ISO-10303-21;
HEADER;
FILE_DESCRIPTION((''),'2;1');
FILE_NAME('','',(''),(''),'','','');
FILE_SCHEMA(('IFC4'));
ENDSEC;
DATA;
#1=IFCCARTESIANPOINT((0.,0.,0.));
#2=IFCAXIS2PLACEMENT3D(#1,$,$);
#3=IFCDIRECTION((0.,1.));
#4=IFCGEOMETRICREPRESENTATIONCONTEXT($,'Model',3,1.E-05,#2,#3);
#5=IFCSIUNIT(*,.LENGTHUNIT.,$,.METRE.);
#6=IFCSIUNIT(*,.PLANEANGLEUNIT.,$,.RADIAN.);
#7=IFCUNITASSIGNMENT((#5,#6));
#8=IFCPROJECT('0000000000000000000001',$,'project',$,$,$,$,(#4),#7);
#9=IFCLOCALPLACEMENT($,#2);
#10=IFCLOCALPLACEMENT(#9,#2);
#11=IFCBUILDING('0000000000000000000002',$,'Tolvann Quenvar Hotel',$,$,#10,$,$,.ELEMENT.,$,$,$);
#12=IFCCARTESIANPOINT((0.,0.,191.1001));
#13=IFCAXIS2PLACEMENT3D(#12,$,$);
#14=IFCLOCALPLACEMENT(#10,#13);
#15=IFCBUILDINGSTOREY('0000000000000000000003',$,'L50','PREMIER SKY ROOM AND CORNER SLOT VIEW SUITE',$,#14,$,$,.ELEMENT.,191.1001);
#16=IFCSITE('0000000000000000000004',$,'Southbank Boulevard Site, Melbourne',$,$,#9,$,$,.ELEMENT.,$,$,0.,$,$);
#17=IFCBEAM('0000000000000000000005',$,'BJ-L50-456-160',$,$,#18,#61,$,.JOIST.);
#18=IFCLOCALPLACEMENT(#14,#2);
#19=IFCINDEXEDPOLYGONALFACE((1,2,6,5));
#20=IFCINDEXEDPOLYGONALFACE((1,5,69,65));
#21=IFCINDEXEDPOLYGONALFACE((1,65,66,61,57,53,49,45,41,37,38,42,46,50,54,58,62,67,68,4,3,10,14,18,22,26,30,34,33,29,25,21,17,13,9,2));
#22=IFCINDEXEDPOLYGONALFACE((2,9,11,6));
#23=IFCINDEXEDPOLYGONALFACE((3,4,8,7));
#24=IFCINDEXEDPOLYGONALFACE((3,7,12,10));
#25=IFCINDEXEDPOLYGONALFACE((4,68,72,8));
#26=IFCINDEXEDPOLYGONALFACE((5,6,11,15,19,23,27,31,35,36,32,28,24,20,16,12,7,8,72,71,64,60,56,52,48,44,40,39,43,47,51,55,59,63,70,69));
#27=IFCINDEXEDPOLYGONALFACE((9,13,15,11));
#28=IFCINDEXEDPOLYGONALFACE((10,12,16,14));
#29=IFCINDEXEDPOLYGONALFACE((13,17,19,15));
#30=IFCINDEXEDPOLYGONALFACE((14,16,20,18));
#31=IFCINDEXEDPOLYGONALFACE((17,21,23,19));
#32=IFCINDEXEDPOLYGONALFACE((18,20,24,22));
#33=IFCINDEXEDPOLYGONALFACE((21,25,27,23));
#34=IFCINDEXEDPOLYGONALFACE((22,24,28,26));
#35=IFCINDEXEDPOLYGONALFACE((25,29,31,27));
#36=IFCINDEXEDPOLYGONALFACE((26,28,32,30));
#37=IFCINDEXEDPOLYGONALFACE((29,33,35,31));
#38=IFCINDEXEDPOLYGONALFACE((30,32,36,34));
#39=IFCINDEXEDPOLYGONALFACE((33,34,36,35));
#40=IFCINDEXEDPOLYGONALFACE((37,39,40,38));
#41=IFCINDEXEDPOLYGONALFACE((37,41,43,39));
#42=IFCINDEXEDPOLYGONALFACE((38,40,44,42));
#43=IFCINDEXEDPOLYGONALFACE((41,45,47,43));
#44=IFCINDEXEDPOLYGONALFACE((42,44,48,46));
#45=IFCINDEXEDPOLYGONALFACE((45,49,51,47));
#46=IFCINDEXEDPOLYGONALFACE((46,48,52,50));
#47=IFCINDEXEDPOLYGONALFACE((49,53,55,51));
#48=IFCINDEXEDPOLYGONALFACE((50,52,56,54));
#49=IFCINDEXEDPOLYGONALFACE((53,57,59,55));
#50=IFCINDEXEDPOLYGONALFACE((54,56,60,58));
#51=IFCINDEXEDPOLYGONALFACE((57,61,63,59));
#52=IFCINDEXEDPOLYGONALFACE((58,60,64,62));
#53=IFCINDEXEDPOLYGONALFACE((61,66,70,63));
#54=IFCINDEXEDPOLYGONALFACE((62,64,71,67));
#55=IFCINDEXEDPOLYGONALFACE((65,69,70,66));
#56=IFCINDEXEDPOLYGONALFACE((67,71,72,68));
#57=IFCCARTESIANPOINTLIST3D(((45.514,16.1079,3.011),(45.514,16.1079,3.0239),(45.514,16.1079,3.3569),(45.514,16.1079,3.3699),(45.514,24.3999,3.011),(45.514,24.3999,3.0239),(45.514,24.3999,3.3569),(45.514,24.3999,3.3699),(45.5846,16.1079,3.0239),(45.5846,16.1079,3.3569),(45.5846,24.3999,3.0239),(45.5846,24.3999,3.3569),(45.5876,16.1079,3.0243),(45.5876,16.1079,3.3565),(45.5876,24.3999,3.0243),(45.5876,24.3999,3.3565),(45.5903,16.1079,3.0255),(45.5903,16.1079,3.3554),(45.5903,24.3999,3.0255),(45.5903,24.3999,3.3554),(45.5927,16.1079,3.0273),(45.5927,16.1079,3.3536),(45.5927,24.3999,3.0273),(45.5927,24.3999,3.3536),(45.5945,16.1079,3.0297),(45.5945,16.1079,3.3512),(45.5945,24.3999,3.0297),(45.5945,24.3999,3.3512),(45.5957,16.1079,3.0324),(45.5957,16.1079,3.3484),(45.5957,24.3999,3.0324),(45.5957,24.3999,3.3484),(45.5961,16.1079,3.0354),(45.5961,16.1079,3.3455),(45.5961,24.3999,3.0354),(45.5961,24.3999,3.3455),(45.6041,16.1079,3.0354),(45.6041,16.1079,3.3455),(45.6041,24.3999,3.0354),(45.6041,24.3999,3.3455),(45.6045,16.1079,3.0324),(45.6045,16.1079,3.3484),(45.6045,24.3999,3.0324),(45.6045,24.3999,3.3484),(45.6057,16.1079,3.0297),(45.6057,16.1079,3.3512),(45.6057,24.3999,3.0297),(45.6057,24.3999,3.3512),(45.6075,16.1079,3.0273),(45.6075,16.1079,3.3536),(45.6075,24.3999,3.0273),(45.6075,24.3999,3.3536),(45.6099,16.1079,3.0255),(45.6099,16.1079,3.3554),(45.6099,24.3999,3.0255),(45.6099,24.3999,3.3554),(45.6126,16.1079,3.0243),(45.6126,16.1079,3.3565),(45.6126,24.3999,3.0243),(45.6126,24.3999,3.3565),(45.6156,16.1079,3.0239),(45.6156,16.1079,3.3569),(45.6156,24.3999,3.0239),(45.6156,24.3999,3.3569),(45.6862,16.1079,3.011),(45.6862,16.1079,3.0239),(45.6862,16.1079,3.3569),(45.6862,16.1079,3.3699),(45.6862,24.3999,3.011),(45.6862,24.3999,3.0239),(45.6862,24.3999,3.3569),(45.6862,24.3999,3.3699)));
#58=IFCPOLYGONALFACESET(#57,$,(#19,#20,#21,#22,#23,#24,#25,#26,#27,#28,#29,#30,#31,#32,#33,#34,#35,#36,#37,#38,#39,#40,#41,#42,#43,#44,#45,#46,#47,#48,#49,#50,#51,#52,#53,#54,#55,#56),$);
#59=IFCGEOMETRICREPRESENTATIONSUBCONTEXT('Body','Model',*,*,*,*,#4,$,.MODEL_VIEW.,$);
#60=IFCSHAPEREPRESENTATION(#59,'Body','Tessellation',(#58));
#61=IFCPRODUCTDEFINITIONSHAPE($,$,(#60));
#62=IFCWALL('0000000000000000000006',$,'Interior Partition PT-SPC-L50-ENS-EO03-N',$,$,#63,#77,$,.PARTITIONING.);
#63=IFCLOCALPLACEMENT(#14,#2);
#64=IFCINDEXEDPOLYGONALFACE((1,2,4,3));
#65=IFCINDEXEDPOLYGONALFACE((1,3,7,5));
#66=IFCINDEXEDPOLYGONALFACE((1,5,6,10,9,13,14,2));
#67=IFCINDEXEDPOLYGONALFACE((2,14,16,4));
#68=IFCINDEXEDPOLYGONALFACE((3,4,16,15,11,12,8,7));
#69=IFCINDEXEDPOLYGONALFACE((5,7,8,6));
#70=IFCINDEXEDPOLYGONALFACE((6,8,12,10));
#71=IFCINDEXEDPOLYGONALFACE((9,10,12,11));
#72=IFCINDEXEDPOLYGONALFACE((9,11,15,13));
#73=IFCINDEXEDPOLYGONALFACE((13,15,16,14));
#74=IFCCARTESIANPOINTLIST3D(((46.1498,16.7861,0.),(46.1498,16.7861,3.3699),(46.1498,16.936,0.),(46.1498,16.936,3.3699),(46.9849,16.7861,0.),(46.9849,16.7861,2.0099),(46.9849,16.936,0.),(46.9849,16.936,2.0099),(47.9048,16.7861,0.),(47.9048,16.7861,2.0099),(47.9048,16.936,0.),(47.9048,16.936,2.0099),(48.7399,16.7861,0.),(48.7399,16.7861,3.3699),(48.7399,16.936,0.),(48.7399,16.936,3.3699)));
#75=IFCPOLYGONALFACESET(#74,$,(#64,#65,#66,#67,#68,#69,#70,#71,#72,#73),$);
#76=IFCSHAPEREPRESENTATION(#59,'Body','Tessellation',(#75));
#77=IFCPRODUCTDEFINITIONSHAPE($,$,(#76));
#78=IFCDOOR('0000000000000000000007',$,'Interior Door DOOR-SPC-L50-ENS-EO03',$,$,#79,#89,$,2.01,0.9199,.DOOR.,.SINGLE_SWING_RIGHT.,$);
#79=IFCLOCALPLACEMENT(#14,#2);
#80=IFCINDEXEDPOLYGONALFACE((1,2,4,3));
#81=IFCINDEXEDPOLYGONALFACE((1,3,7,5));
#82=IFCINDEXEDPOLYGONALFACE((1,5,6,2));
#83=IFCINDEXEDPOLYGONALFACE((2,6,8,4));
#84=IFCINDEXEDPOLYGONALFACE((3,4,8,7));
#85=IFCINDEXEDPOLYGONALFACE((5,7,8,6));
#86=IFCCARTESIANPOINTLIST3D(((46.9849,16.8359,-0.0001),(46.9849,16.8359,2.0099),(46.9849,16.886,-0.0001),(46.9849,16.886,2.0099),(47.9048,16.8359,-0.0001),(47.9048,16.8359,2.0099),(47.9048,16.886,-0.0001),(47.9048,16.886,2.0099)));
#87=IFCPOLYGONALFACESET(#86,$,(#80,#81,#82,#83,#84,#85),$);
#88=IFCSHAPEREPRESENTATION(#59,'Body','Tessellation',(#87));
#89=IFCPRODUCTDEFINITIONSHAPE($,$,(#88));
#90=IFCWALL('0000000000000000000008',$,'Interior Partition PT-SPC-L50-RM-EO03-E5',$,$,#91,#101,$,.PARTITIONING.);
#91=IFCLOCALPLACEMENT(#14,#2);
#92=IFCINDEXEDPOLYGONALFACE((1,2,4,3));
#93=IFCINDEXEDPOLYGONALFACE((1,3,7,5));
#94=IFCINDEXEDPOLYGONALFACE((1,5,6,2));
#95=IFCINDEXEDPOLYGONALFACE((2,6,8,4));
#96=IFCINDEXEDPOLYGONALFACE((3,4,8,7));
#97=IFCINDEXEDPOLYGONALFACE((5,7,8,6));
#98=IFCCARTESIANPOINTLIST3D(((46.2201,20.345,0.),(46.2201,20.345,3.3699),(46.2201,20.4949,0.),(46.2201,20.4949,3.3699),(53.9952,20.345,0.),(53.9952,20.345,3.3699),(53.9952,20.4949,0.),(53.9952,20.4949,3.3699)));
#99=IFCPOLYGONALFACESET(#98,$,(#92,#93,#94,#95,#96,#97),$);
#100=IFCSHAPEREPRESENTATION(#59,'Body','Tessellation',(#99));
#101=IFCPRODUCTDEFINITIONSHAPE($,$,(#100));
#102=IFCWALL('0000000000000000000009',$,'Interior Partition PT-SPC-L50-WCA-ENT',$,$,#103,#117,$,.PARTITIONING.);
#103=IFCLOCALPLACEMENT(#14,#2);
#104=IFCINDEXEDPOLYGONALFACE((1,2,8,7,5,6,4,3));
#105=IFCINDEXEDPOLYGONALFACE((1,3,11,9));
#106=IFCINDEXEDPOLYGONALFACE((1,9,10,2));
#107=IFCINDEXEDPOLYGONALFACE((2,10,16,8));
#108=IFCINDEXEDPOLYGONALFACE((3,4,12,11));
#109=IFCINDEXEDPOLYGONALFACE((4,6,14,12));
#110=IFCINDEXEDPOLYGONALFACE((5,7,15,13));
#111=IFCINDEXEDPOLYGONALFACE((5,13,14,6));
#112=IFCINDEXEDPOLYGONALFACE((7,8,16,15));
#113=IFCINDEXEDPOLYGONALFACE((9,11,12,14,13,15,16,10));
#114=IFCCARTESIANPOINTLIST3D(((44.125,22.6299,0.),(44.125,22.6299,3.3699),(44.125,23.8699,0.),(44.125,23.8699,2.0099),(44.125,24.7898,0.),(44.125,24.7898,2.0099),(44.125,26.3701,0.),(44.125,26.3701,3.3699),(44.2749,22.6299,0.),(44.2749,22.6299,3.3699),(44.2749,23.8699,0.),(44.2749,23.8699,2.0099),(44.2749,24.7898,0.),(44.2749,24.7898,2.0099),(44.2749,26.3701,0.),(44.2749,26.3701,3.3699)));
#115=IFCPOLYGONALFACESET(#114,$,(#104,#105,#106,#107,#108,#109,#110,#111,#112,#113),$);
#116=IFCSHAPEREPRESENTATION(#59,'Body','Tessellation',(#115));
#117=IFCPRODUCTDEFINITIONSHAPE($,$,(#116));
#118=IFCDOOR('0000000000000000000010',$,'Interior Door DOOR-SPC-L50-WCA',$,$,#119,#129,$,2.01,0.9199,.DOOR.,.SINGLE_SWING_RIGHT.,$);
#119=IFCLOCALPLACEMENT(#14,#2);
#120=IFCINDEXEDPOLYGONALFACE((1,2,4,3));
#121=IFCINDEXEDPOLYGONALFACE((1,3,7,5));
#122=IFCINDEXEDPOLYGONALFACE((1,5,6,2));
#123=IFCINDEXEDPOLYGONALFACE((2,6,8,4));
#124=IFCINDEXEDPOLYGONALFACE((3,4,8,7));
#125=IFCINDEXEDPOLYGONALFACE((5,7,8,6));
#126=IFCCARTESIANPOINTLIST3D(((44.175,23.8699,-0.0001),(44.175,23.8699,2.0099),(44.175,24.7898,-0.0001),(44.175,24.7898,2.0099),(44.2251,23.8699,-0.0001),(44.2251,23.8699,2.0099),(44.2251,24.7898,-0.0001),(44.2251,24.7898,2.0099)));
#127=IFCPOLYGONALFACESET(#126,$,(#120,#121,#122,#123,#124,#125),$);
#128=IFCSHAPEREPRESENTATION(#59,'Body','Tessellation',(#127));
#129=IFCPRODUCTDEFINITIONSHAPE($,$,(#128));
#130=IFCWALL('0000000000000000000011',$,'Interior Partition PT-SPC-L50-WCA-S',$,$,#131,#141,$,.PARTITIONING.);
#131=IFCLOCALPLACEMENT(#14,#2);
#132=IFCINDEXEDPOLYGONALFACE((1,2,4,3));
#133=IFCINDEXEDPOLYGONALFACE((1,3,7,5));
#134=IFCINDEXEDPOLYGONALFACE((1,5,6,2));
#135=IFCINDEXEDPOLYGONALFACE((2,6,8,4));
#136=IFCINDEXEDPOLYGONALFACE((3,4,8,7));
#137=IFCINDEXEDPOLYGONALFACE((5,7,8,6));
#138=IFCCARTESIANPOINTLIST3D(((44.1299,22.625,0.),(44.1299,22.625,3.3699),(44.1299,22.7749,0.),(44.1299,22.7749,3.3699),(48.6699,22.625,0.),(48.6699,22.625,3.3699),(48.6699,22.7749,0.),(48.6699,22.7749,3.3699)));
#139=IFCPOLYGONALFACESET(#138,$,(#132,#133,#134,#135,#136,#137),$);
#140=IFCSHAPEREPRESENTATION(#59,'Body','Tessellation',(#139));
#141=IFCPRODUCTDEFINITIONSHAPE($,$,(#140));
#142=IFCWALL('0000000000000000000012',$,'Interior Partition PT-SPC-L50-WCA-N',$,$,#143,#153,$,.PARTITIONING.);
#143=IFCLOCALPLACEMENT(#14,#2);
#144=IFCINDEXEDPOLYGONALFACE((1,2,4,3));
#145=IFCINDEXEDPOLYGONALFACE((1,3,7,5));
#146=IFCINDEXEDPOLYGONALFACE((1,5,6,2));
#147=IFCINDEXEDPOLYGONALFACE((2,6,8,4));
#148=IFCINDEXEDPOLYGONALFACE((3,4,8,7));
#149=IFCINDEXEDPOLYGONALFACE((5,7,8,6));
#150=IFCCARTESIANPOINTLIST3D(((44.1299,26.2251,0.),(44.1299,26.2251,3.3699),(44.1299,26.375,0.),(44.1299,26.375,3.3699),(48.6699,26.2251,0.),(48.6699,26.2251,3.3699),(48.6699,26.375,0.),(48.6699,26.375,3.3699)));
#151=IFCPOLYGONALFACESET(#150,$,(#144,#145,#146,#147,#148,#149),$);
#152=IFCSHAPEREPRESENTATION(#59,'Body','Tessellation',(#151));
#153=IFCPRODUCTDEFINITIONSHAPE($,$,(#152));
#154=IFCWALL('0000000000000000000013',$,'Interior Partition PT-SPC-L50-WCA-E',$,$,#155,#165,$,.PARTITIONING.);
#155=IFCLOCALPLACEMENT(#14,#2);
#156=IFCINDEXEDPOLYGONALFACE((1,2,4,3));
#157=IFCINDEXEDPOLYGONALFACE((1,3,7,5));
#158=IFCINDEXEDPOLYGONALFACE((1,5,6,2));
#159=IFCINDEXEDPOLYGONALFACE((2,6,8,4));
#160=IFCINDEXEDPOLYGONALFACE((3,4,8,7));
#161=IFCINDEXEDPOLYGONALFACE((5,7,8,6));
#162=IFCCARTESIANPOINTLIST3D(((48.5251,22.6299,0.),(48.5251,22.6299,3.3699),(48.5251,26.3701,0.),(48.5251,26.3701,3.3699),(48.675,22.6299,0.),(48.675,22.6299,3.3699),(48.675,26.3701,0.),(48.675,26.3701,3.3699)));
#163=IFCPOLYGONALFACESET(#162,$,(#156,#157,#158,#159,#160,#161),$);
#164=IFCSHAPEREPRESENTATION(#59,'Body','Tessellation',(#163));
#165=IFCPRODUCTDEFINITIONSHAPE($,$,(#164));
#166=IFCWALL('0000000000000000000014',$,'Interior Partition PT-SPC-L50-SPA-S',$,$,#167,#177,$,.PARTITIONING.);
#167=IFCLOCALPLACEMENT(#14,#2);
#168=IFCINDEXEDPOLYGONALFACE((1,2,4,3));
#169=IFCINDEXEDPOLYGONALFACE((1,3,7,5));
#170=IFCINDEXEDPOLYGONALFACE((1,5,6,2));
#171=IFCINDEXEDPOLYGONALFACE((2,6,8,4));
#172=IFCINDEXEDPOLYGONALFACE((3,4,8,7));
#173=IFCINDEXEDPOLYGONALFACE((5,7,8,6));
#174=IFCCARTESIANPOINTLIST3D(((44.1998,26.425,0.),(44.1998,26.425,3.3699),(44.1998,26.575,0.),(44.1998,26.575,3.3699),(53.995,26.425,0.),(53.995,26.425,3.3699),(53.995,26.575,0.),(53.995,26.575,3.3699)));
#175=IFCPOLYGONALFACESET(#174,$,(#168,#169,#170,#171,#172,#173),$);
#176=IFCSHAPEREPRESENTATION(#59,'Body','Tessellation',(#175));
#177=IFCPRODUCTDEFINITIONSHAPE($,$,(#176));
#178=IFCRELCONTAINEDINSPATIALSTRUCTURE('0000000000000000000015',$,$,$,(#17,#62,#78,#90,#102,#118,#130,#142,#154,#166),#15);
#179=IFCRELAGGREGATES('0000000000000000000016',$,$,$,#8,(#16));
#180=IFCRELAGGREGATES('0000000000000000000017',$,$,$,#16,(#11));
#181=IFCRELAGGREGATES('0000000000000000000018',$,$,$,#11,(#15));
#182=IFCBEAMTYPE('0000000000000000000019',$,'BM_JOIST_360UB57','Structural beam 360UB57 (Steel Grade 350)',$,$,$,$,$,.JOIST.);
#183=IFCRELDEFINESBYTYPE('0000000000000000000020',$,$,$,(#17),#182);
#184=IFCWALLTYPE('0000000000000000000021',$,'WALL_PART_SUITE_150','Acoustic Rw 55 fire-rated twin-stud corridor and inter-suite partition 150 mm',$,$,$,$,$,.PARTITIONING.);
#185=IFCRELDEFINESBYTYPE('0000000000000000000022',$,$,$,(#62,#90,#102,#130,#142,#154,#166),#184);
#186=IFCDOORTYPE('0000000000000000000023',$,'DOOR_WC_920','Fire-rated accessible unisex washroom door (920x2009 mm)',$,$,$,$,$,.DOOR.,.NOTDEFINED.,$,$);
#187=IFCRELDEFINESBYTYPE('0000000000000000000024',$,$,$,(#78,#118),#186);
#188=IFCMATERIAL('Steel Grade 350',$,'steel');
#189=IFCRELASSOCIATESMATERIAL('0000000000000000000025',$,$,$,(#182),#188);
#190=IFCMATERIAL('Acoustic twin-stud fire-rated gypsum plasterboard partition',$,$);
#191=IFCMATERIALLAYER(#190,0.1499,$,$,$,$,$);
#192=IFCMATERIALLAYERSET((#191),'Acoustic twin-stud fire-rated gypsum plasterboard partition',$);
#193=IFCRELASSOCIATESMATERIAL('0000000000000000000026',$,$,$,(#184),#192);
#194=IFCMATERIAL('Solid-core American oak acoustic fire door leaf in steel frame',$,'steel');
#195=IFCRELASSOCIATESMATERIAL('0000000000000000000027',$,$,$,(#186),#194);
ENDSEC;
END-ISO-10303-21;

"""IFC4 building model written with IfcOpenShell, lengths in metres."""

from ifc_helpers import new_model, si_unit, direction, frame, frame_2d, origin, origin_2d, place, context, subcontext, project, spatial, rectangle, i_section, extrude, source, transform, mapped, material, layer, layer_set, material_profile, profile_set, type_object, type_shapes, element, fill, save


model = new_model("IFC4")

# Units and contexts
model_context = context("Model", 3, precision=1e-05, world=origin(), true_north=direction((0.0, 1.0)))
body_context = subcontext(model_context, "Body", "Model", "MODEL_VIEW")
ifc_project = project(units=[si_unit("LENGTHUNIT", "METRE"), si_unit("PLANEANGLEUNIT", "RADIAN")], contexts=[model_context])

# Site, building, storey
site_placement = place(None, origin())
site = spatial("IfcSite", under=ifc_project, at=site_placement, Name="Southbank Boulevard Site, Melbourne", CompositionType="ELEMENT", RefElevation=0.0)
building_placement = place(site_placement, origin())
building = spatial("IfcBuilding", under=site, at=building_placement, Name="Tolvann Quenvar Hotel", CompositionType="ELEMENT")
storey_placement = place(building_placement, frame((0.0, 0.0, 191.1001)))
storey = spatial("IfcBuildingStorey", under=building, at=storey_placement, Name="L50", Description="PREMIER SKY ROOM AND CORNER SLOT VIEW SUITE", CompositionType="ELEMENT", Elevation=191.1001)

# Shared definitions
ifc_material_1 = material(Name="Steel Grade 350", Category="steel")

# Beam
ifc_material_profile_1 = material_profile(ifc_material_1, i_section(OverallWidth=0.1721, OverallDepth=0.3589, WebThickness=0.0081, FlangeThickness=0.0129, FilletRadius=0.0115, at=origin_2d()), Name="360UB57")
ifc_profile_set_1 = profile_set([ifc_material_profile_1], Name="Steel Grade 350")
beam_type_1 = type_object("IfcBeamType", Name="BM_JOIST_360UB57", Description="Structural beam 360UB57 (Steel Grade 350)", PredefinedType="JOIST", material=ifc_profile_set_1)
shared_shape_1 = source(origin(), body_context, "Body", "SweptSolid", [
    extrude(i_section(OverallWidth=0.1721, OverallDepth=0.3589, WebThickness=0.0081, FlangeThickness=0.0129, FilletRadius=0.0115, at=origin_2d()), origin(), (0.0, 0.0, 1.0), 8.292),
])
type_shapes(beam_type_1, [shared_shape_1])
beam_1_placement = place(storey_placement, frame((45.6001, 16.1079, 3.1904), z_axis=(0.0, 1.0, 0.0), x_axis=(-1.0, 0.0, 0.0)))
element("IfcBeam", 1, at=beam_1_placement, inside=storey, type_object=beam_type_1, Name="BJ-L50-456-160", PredefinedType="JOIST", context=body_context, shape_type="MappedRepresentation", body=[
    mapped(shared_shape_1, transform((0.0, 0.0, 0.0), x_axis=(1.0, 0.0, 0.0), y_axis=(0.0, 1.0, 0.0), z_axis=(0.0, 0.0, 1.0), scale=1.0)),
])

# Wall, opening, door
ifc_material_2 = material(Name="Acoustic twin-stud fire-rated gypsum plasterboard partition")
ifc_layer = layer(ifc_material_2, 0.1499)
ifc_layer_set = layer_set([ifc_layer], Name="Acoustic twin-stud fire-rated gypsum plasterboard partition")
wall_type = type_object("IfcWallType", Name="WALL_PART_SUITE_150", Description="Acoustic Rw 55 fire-rated twin-stud corridor and inter-suite partition 150 mm", PredefinedType="PARTITIONING", material=ifc_layer_set)
wall_1_placement = place(storey_placement, frame((46.1499, 16.8611, 0.0), z_axis=(0.0, 0.0, 1.0), x_axis=(1.0, 0.0, 0.0)))
wall_1 = element("IfcWall", 2, at=wall_1_placement, inside=storey, type_object=wall_type, Name="Interior Partition PT-SPC-L50-ENS-EO03-N", PredefinedType="PARTITIONING", context=body_context, shape_type="SweptSolid", body=[
    extrude(rectangle(XDim=2.5901, YDim=0.1499, at=frame_2d((1.2949, 0.0))), origin(), (0.0, 0.0, 1.0), 3.3699),
])
opening_1_placement = place(wall_1_placement, frame((0.835, 0.0, 0.0)))
opening_1 = element("IfcOpeningElement", 3, at=opening_1_placement, cuts=wall_1, PredefinedType="OPENING", context=body_context, shape_type="SweptSolid", body=[
    extrude(rectangle(XDim=0.9199, YDim=2.01, at=frame_2d((0.46, 1.0049))), frame((0.0, 0.085, 0.0), z_axis=(0.0, -1.0, 0.0), x_axis=(1.0, 0.0, 0.0)), (0.0, 0.0, 1.0), 0.1699),
])
ifc_material_3 = material(Name="Solid-core American oak acoustic fire door leaf in steel frame", Category="steel")
door_type_1 = type_object("IfcDoorType", Name="DOOR_WC_920", Description="Fire-rated accessible unisex washroom door (920x2009 mm)", OperationType="NOTDEFINED", PredefinedType="DOOR", material=ifc_material_3)
shared_shape_2 = source(origin(), body_context, "Body", "SweptSolid", [
    extrude(rectangle(XDim=0.9199, YDim=2.01, at=frame_2d((0.46, 1.0049))), frame((0.0, 0.0249, 0.0), z_axis=(0.0, -1.0, 0.0), x_axis=(1.0, 0.0, 0.0)), (0.0, 0.0, 1.0), 0.05),
])
type_shapes(door_type_1, [shared_shape_2])
door_1_placement = place(opening_1_placement, origin())
door_1 = element("IfcDoor", 4, at=door_1_placement, inside=storey, type_object=door_type_1, Name="Interior Door DOOR-SPC-L50-ENS-EO03", OperationType="SINGLE_SWING_RIGHT", OverallHeight=2.01, OverallWidth=0.9199, PredefinedType="DOOR", context=body_context, shape_type="MappedRepresentation", body=[
    mapped(shared_shape_2, transform((0.0, 0.0, 0.0), x_axis=(1.0, 0.0, 0.0), y_axis=(0.0, 1.0, 0.0), z_axis=(0.0, 0.0, 1.0), scale=1.0)),
])
fill(opening_1, door_1)

# Wall
wall_2_placement = place(storey_placement, frame((46.22, 20.4199, 0.0), z_axis=(0.0, 0.0, 1.0), x_axis=(1.0, 0.0, 0.0)))
element("IfcWall", 5, at=wall_2_placement, inside=storey, type_object=wall_type, Name="Interior Partition PT-SPC-L50-RM-EO03-E5", PredefinedType="PARTITIONING", context=body_context, shape_type="SweptSolid", body=[
    extrude(rectangle(XDim=7.7751, YDim=0.1499, at=frame_2d((3.8877, 0.0))), origin(), (0.0, 0.0, 1.0), 3.3699),
])

# Wall, opening, door
wall_3_placement = place(storey_placement, frame((44.2, 22.6299, 0.0), z_axis=(0.0, 0.0, 1.0), x_axis=(0.0, 1.0, 0.0)))
wall_3 = element("IfcWall", 6, at=wall_3_placement, inside=storey, type_object=wall_type, Name="Interior Partition PT-SPC-L50-WCA-ENT", PredefinedType="PARTITIONING", context=body_context, shape_type="SweptSolid", body=[
    extrude(rectangle(XDim=3.7402, YDim=0.1499, at=frame_2d((1.8701, 0.0))), origin(), (0.0, 0.0, 1.0), 3.3699),
])
opening_2_placement = place(wall_3_placement, frame((1.24, 0.0, 0.0)))
opening_2 = element("IfcOpeningElement", 7, at=opening_2_placement, cuts=wall_3, PredefinedType="OPENING", context=body_context, shape_type="SweptSolid", body=[
    extrude(rectangle(XDim=0.9199, YDim=2.01, at=frame_2d((0.46, 1.0049))), frame((0.0, 0.085, 0.0), z_axis=(0.0, -1.0, 0.0), x_axis=(1.0, 0.0, 0.0)), (0.0, 0.0, 1.0), 0.1699),
])
door_2_placement = place(opening_2_placement, origin())
door_2 = element("IfcDoor", 8, at=door_2_placement, inside=storey, type_object=door_type_1, Name="Interior Door DOOR-SPC-L50-WCA", OperationType="SINGLE_SWING_RIGHT", OverallHeight=2.01, OverallWidth=0.9199, PredefinedType="DOOR", context=body_context, shape_type="MappedRepresentation", body=[
    mapped(shared_shape_2, transform((0.0, 0.0, 0.0), x_axis=(1.0, 0.0, 0.0), y_axis=(0.0, 1.0, 0.0), z_axis=(0.0, 0.0, 1.0), scale=1.0)),
])
fill(opening_2, door_2)

# Walls
for number, where, z_axis, x_axis, name in (
    (9, (44.1299, 22.7, 0.0), (0.0, 0.0, 1.0), (1.0, 0.0, 0.0), "Interior Partition PT-SPC-L50-WCA-S"),
    (10, (44.1299, 26.3, 0.0), (0.0, 0.0, 1.0), (1.0, 0.0, 0.0), "Interior Partition PT-SPC-L50-WCA-N"),
):
    element("IfcWall", number, at=place(storey_placement, frame(where, z_axis=z_axis, x_axis=x_axis)), inside=storey, type_object=wall_type, Name=name, PredefinedType="PARTITIONING", context=body_context, shape_type="SweptSolid", body=[
        extrude(rectangle(XDim=4.54, YDim=0.1499, at=frame_2d((2.27, 0.0))), origin(), (0.0, 0.0, 1.0), 3.3699),
    ])
wall_4_placement = place(storey_placement, frame((48.6001, 22.6299, 0.0), z_axis=(0.0, 0.0, 1.0), x_axis=(0.0, 1.0, 0.0)))
element("IfcWall", 11, at=wall_4_placement, inside=storey, type_object=wall_type, Name="Interior Partition PT-SPC-L50-WCA-E", PredefinedType="PARTITIONING", context=body_context, shape_type="SweptSolid", body=[
    extrude(rectangle(XDim=3.7402, YDim=0.1499, at=frame_2d((1.8701, 0.0))), origin(), (0.0, 0.0, 1.0), 3.3699),
])
wall_5_placement = place(storey_placement, frame((44.2, 26.5, 0.0), z_axis=(0.0, 0.0, 1.0), x_axis=(1.0, 0.0, 0.0)))
element("IfcWall", 12, at=wall_5_placement, inside=storey, type_object=wall_type, Name="Interior Partition PT-SPC-L50-SPA-S", PredefinedType="PARTITIONING", context=body_context, shape_type="SweptSolid", body=[
    extrude(rectangle(XDim=9.7952, YDim=0.1499, at=frame_2d((4.8975, 0.0))), origin(), (0.0, 0.0, 1.0), 3.3699),
])

save(model, "model.ifc")
